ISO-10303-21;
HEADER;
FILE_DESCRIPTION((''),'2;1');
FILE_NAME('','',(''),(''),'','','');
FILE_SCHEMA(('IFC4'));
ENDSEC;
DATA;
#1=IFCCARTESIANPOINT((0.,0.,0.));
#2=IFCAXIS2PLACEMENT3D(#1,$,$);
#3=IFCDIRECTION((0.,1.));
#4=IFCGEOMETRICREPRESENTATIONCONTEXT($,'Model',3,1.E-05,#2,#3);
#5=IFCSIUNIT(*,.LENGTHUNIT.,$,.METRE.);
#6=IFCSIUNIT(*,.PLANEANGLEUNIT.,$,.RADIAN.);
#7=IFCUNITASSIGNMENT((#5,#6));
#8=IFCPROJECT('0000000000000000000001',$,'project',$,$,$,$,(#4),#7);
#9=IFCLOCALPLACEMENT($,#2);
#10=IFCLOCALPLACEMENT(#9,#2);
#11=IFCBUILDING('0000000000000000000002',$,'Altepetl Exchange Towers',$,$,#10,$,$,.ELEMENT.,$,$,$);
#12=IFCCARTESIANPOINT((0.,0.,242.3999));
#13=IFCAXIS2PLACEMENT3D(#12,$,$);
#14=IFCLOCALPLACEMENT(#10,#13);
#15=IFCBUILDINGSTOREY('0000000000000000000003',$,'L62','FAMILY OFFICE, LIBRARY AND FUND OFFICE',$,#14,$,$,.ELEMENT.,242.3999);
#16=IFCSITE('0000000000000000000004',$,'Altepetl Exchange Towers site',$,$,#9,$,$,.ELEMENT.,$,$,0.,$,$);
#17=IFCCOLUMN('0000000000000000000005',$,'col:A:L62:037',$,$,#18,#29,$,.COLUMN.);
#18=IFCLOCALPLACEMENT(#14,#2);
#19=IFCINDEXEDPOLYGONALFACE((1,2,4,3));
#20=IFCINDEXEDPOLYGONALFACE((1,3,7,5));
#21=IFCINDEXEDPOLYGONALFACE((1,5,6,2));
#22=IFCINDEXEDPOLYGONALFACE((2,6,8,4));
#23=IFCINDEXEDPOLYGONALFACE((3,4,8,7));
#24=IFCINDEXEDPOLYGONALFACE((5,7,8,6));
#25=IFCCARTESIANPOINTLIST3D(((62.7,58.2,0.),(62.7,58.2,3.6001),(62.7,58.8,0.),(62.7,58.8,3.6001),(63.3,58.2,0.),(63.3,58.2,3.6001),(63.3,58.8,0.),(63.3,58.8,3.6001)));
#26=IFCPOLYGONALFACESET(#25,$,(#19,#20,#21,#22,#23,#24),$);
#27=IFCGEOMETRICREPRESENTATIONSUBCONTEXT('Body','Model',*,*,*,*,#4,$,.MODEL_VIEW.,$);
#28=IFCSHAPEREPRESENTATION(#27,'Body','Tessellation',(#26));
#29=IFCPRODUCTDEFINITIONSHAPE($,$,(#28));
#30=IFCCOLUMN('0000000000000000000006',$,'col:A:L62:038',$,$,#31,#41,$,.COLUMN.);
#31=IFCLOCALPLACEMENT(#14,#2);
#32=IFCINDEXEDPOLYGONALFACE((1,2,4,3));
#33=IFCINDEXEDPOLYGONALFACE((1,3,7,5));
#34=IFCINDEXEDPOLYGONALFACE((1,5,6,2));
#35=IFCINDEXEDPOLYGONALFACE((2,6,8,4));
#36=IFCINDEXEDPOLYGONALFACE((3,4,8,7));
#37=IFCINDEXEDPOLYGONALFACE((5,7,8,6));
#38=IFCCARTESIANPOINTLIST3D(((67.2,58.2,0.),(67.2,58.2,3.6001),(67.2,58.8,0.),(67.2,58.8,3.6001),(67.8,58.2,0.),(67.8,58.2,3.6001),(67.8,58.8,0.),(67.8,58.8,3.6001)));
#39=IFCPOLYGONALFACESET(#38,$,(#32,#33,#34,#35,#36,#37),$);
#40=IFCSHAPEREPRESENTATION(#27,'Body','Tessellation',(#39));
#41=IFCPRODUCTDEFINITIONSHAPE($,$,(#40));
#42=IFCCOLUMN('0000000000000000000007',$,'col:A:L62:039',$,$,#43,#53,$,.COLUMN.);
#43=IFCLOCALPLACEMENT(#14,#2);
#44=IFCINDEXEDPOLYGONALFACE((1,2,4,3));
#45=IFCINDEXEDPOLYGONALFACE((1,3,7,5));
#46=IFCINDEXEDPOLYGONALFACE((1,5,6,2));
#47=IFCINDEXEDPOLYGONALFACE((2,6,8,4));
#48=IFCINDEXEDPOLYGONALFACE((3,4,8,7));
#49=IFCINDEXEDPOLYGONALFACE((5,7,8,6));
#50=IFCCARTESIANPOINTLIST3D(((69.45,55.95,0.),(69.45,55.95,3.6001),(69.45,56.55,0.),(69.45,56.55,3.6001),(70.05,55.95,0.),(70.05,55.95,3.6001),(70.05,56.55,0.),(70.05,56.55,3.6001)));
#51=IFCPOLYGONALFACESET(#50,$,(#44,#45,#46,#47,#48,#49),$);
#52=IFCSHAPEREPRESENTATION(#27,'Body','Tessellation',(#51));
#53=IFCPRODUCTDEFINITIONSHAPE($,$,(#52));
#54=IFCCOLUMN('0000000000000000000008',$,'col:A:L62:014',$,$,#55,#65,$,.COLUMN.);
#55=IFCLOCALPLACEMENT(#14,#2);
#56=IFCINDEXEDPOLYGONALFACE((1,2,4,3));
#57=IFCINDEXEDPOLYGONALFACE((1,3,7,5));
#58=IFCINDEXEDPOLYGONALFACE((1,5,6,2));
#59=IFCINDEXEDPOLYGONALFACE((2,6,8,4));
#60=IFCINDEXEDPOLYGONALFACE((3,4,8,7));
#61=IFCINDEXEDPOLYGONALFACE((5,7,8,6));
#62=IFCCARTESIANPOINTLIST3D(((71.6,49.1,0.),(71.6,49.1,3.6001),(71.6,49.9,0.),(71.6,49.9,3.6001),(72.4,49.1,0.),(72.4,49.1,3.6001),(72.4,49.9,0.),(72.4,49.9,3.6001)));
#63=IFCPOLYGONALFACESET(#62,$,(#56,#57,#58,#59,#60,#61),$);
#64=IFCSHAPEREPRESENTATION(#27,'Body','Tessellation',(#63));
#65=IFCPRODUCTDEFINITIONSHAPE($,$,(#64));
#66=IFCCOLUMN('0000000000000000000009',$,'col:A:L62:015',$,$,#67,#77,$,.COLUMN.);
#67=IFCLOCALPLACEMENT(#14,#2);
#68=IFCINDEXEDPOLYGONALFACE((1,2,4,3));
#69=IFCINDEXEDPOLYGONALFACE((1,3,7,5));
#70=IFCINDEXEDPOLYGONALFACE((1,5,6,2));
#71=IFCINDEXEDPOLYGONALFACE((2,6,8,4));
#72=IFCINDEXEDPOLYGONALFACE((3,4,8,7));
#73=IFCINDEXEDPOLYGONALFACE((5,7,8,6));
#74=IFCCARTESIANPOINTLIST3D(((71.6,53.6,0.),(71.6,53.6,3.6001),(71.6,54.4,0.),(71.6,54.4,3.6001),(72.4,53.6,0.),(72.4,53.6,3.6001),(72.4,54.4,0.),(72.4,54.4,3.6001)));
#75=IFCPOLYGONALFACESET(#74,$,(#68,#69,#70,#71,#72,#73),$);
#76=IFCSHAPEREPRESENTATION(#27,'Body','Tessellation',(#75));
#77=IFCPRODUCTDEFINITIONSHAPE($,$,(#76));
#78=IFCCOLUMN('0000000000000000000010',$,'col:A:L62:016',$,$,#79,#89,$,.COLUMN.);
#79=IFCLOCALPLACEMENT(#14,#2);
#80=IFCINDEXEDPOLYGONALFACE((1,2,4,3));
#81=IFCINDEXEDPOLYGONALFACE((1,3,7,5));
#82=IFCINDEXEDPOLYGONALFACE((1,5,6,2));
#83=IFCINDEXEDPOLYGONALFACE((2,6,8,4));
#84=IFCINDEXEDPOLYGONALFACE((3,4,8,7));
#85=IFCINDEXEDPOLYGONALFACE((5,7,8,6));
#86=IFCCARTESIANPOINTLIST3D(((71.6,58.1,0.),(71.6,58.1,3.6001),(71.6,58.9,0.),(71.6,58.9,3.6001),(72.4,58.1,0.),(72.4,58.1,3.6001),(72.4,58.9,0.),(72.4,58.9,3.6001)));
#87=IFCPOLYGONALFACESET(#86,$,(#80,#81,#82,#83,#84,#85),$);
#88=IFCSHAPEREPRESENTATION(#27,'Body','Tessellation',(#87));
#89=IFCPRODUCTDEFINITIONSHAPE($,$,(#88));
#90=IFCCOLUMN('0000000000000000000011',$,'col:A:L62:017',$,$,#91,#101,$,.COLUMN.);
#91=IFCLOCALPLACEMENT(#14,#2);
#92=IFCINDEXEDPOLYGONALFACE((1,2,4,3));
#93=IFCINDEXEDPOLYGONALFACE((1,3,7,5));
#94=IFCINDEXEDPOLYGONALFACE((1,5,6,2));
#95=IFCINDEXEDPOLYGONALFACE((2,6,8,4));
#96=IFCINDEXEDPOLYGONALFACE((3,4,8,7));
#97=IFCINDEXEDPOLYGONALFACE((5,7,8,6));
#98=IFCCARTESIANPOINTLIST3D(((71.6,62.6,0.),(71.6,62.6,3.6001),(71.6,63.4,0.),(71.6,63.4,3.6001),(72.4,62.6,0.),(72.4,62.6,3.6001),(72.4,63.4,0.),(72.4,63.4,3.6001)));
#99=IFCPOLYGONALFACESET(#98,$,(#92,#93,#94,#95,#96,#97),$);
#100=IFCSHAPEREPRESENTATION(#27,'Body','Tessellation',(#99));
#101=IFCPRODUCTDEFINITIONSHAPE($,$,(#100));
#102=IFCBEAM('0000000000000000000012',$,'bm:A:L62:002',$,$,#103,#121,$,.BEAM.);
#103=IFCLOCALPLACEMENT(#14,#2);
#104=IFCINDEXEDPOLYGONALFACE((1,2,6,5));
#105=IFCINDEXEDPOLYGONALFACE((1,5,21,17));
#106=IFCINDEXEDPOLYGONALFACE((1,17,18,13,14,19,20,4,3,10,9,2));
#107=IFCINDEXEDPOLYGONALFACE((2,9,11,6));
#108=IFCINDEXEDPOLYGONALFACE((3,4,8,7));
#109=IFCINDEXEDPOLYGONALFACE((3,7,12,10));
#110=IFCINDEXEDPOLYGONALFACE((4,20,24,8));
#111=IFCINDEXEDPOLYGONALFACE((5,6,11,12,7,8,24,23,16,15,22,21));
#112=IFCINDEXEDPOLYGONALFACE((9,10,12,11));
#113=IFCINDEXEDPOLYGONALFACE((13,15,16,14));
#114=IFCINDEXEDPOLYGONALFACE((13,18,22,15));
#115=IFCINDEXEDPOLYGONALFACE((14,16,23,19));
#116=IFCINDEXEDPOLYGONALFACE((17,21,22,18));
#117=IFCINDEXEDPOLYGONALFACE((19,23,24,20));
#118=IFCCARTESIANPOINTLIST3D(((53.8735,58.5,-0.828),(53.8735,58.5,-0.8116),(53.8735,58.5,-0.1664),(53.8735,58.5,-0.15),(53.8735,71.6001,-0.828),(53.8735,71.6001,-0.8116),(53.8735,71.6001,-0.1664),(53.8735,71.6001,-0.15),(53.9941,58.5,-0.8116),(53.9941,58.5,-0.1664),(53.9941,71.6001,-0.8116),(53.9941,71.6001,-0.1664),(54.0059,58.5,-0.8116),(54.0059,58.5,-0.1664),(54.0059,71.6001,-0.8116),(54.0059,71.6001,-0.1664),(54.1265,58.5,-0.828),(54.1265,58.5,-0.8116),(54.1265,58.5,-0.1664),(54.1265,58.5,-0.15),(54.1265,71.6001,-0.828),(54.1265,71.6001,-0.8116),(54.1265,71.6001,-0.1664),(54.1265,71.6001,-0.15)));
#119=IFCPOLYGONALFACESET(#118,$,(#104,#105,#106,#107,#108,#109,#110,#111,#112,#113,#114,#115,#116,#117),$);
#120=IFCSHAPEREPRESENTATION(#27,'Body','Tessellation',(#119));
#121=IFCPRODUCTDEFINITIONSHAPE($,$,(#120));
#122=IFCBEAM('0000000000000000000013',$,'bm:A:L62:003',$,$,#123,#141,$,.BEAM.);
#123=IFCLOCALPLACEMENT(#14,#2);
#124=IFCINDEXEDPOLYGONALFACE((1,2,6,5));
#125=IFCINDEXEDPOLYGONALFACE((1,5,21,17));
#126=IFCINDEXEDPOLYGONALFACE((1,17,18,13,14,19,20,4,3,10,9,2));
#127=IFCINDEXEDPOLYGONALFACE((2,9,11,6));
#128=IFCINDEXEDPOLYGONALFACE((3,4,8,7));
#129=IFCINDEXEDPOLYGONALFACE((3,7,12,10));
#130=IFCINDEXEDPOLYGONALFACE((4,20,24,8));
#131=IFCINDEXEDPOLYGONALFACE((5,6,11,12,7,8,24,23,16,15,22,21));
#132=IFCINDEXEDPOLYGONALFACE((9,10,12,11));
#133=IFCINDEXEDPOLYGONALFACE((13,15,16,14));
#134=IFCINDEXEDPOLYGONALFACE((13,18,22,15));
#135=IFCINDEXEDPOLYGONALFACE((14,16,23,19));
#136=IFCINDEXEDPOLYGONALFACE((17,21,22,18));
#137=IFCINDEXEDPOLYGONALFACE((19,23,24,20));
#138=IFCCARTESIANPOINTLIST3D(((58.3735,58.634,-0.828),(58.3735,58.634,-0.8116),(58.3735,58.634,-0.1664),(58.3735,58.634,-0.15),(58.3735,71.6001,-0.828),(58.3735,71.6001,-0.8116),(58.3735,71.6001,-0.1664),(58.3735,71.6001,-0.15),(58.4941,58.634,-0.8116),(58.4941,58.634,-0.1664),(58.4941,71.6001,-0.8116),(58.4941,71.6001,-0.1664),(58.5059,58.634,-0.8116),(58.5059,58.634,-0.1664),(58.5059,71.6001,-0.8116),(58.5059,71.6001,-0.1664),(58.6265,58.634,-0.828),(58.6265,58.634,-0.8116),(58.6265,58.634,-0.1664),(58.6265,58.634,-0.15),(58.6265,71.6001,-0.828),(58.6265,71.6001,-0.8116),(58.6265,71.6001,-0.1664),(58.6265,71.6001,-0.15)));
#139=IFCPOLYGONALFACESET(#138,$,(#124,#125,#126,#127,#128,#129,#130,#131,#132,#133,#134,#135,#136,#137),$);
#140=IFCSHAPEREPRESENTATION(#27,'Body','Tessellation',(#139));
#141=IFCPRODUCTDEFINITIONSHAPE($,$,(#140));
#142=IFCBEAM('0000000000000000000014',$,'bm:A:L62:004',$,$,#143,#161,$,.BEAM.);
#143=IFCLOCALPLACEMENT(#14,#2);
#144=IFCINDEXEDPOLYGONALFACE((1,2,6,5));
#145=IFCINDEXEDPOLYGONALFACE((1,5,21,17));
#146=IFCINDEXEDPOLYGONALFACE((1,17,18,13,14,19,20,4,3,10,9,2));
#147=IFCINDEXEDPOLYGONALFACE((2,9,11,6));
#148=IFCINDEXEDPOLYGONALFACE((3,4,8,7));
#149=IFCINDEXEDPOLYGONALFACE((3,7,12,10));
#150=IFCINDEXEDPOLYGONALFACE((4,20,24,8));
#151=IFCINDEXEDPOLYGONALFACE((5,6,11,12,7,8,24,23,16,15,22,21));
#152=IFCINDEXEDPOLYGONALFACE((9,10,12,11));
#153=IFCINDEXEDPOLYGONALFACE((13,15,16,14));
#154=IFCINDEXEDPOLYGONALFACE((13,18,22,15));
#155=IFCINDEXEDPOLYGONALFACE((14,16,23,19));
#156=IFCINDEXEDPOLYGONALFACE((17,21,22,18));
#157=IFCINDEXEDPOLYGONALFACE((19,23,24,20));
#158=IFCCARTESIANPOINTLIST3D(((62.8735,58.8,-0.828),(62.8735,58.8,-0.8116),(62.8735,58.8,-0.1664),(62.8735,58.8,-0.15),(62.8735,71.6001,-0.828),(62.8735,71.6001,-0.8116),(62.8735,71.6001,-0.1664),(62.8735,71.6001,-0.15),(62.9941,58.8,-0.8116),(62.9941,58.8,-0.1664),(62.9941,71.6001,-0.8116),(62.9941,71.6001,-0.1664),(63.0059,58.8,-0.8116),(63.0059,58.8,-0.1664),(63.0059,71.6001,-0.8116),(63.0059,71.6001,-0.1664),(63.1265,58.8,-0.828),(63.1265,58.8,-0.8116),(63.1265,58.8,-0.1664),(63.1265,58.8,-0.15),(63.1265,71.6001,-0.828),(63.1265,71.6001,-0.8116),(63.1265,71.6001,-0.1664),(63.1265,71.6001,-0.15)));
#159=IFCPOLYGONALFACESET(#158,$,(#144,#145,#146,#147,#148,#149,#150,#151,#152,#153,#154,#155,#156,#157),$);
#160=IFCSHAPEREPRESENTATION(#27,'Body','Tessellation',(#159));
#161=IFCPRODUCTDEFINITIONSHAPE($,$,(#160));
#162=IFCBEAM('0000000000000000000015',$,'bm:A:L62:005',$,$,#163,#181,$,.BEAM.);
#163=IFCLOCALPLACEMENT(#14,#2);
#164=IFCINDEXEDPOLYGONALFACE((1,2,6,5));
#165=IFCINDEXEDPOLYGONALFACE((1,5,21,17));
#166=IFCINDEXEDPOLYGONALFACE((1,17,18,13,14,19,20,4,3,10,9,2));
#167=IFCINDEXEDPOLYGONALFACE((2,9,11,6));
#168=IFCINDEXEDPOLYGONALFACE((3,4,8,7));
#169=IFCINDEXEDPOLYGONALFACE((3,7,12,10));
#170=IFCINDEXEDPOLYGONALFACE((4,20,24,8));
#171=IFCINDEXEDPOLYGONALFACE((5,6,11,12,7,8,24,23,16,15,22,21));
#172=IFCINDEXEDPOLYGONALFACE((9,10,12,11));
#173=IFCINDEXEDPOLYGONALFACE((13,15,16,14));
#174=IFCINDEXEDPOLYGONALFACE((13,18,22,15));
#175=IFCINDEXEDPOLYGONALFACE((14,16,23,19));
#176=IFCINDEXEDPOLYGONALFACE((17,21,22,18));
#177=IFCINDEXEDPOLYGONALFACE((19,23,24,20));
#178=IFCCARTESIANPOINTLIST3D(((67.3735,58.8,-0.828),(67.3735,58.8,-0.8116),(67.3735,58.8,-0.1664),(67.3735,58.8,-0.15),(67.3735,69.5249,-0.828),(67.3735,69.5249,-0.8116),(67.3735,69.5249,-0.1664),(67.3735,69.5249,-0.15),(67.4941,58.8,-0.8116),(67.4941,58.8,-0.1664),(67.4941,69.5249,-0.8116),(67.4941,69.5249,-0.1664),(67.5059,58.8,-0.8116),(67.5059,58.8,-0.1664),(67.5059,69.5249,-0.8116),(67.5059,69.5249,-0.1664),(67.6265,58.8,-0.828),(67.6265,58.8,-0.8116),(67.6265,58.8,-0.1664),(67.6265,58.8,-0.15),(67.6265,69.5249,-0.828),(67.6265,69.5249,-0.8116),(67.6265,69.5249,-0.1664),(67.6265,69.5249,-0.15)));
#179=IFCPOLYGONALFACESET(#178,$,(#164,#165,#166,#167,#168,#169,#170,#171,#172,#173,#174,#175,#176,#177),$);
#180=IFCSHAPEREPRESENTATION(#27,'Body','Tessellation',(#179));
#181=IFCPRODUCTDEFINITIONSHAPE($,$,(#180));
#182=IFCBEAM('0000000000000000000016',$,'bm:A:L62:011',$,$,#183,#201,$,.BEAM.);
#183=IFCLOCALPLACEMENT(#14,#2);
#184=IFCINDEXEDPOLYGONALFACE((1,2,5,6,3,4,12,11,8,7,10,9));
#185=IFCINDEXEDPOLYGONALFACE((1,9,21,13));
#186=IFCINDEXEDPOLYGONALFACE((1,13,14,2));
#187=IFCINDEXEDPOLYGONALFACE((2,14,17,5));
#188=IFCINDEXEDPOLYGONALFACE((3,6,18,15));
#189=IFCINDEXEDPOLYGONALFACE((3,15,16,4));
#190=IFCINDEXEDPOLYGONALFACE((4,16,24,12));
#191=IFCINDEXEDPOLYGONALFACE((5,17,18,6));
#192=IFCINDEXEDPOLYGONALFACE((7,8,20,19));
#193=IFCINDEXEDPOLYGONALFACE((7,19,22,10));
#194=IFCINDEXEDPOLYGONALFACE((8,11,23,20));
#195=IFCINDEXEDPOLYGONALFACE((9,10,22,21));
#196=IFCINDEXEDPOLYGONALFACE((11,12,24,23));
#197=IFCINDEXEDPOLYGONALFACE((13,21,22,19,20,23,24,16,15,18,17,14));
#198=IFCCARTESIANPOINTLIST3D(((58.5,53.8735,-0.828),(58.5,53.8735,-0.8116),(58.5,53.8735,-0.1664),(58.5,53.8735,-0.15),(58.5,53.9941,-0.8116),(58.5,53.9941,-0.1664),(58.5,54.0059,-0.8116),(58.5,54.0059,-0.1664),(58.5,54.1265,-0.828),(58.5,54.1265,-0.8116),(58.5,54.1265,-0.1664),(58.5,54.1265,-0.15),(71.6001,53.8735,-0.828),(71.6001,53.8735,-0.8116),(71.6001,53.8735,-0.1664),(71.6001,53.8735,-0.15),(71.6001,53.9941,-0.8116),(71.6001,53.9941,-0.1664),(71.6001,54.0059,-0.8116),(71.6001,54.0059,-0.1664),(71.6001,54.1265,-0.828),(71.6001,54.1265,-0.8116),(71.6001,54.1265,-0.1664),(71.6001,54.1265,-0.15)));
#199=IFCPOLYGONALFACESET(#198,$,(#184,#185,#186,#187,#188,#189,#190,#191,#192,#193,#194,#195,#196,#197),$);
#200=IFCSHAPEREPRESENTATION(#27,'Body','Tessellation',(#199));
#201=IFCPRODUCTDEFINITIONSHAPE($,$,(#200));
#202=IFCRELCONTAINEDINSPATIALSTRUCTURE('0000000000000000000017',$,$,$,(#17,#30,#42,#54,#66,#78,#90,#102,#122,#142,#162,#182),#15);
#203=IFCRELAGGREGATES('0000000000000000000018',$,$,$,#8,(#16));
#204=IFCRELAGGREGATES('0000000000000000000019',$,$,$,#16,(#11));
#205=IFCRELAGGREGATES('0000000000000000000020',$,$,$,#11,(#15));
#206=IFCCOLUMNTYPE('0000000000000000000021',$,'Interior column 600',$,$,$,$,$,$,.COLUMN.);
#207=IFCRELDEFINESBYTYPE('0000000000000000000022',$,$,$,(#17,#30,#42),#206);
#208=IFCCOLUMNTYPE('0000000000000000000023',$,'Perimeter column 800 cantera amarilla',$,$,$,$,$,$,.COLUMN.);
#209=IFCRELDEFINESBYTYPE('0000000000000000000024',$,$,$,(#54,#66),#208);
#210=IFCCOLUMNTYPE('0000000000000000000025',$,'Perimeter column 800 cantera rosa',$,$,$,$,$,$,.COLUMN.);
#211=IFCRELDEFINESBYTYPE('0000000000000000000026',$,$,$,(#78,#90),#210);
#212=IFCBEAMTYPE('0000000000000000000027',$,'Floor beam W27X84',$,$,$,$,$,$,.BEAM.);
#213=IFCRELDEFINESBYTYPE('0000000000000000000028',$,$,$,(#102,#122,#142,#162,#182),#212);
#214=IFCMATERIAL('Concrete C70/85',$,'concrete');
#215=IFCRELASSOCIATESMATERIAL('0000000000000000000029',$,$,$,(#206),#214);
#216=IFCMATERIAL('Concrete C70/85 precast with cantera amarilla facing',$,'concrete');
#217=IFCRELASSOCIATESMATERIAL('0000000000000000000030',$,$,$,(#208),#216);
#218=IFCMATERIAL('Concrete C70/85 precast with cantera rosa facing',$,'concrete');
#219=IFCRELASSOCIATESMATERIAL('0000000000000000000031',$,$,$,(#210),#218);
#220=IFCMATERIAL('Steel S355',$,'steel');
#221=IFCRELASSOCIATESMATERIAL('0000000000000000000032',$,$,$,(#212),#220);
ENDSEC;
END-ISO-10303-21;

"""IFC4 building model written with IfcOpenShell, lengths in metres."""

from ifc_helpers import new_model, si_unit, direction, frame, origin, origin_2d, place, context, subcontext, project, spatial, rectangle, i_section, extrude, material, material_profile, profile_set, type_object, element, save


model = new_model("IFC4")

# Units and contexts
model_context = context("Model", 3, precision=1e-05, world=origin(), true_north=direction((0.0, 1.0)))
body_context = subcontext(model_context, "Body", "Model", "MODEL_VIEW")
ifc_project = project(units=[si_unit("LENGTHUNIT", "METRE"), si_unit("PLANEANGLEUNIT", "RADIAN")], contexts=[model_context])

# Site, building, storey
site_placement = place(None, origin())
site = spatial("IfcSite", under=ifc_project, at=site_placement, Name="Altepetl Exchange Towers site", CompositionType="ELEMENT", RefElevation=0.0)
building_placement = place(site_placement, origin())
building = spatial("IfcBuilding", under=site, at=building_placement, Name="Altepetl Exchange Towers", CompositionType="ELEMENT")
storey_placement = place(building_placement, frame((0.0, 0.0, 242.3999)))
storey = spatial("IfcBuildingStorey", under=building, at=storey_placement, Name="L62", Description="FAMILY OFFICE, LIBRARY AND FUND OFFICE", CompositionType="ELEMENT", Elevation=242.3999)

# Columns
ifc_material_1 = material(Name="Concrete C70/85", Category="concrete")
ifc_material_profile_1 = material_profile(ifc_material_1, rectangle(XDim=0.6001, YDim=0.6001, at=origin_2d()), Name="600 x 600")
ifc_profile_set_1 = profile_set([ifc_material_profile_1], Name="Concrete C70/85")
column_type_1 = type_object("IfcColumnType", Name="Interior column 600", PredefinedType="COLUMN", material=ifc_profile_set_1)
for number, where, name in (
    (1, (63.0, 58.5, 0.0), "col:A:L62:037"),
    (2, (67.5, 58.5, 0.0), "col:A:L62:038"),
    (3, (69.75, 56.25, 0.0), "col:A:L62:039"),
):
    element("IfcColumn", number, at=place(storey_placement, frame(where)), inside=storey, type_object=column_type_1, Name=name, PredefinedType="COLUMN", context=body_context, shape_type="SweptSolid", body=[
        extrude(rectangle(XDim=0.6001, YDim=0.6001, at=origin_2d()), origin(), (0.0, 0.0, 1.0), 3.6001),
    ])
ifc_material_2 = material(Name="Concrete C70/85 precast with cantera amarilla facing", Category="concrete")
ifc_material_profile_2 = material_profile(ifc_material_2, rectangle(XDim=0.8, YDim=0.8, at=origin_2d()), Name="800 x 800")
ifc_profile_set_2 = profile_set([ifc_material_profile_2], Name="Concrete C70/85 precast with cantera amarilla facing")
column_type_2 = type_object("IfcColumnType", Name="Perimeter column 800 cantera amarilla", PredefinedType="COLUMN", material=ifc_profile_set_2)
for number, where, name in (
    (4, (72.0, 49.5, 0.0), "col:A:L62:014"),
    (5, (72.0, 54.0, 0.0), "col:A:L62:015"),
):
    element("IfcColumn", number, at=place(storey_placement, frame(where)), inside=storey, type_object=column_type_2, Name=name, PredefinedType="COLUMN", context=body_context, shape_type="SweptSolid", body=[
        extrude(rectangle(XDim=0.8, YDim=0.8, at=origin_2d()), origin(), (0.0, 0.0, 1.0), 3.6001),
    ])
ifc_material_3 = material(Name="Concrete C70/85 precast with cantera rosa facing", Category="concrete")
ifc_material_profile_3 = material_profile(ifc_material_3, rectangle(XDim=0.8, YDim=0.8, at=origin_2d()), Name="800 x 800")
ifc_profile_set_3 = profile_set([ifc_material_profile_3], Name="Concrete C70/85 precast with cantera rosa facing")
column_type_3 = type_object("IfcColumnType", Name="Perimeter column 800 cantera rosa", PredefinedType="COLUMN", material=ifc_profile_set_3)
for number, where, name in (
    (6, (72.0, 58.5, 0.0), "col:A:L62:016"),
    (7, (72.0, 63.0, 0.0), "col:A:L62:017"),
):
    element("IfcColumn", number, at=place(storey_placement, frame(where)), inside=storey, type_object=column_type_3, Name=name, PredefinedType="COLUMN", context=body_context, shape_type="SweptSolid", body=[
        extrude(rectangle(XDim=0.8, YDim=0.8, at=origin_2d()), origin(), (0.0, 0.0, 1.0), 3.6001),
    ])

# Beams
ifc_material_4 = material(Name="Steel S355", Category="steel")
ifc_material_profile_4 = material_profile(ifc_material_4, i_section(OverallWidth=0.2529, OverallDepth=0.678, WebThickness=0.0117, FlangeThickness=0.0164, at=origin_2d()), Name="W27X84")
ifc_profile_set_4 = profile_set([ifc_material_profile_4], Name="Steel S355")
beam_type_1 = type_object("IfcBeamType", Name="Floor beam W27X84", PredefinedType="BEAM", material=ifc_profile_set_4)
beam_1_placement = place(storey_placement, frame((54.0, 58.5, -0.489), z_axis=(0.0, 1.0, 0.0), x_axis=(-1.0, 0.0, 0.0)))
element("IfcBeam", 8, at=beam_1_placement, inside=storey, type_object=beam_type_1, Name="bm:A:L62:002", PredefinedType="BEAM", context=body_context, shape_type="SweptSolid", body=[
    extrude(i_section(OverallWidth=0.2529, OverallDepth=0.678, WebThickness=0.0117, FlangeThickness=0.0164, at=origin_2d()), origin(), (0.0, 0.0, 1.0), 13.1001),
])
beam_2_placement = place(storey_placement, frame((58.5, 58.634, -0.489), z_axis=(0.0, 1.0, 0.0), x_axis=(-1.0, 0.0, 0.0)))
element("IfcBeam", 9, at=beam_2_placement, inside=storey, type_object=beam_type_1, Name="bm:A:L62:003", PredefinedType="BEAM", context=body_context, shape_type="SweptSolid", body=[
    extrude(i_section(OverallWidth=0.2529, OverallDepth=0.678, WebThickness=0.0117, FlangeThickness=0.0164, at=origin_2d()), origin(), (0.0, 0.0, 1.0), 12.9661),
])
beam_3_placement = place(storey_placement, frame((63.0, 58.8, -0.489), z_axis=(0.0, 1.0, 0.0), x_axis=(-1.0, 0.0, 0.0)))
element("IfcBeam", 10, at=beam_3_placement, inside=storey, type_object=beam_type_1, Name="bm:A:L62:004", PredefinedType="BEAM", context=body_context, shape_type="SweptSolid", body=[
    extrude(i_section(OverallWidth=0.2529, OverallDepth=0.678, WebThickness=0.0117, FlangeThickness=0.0164, at=origin_2d()), origin(), (0.0, 0.0, 1.0), 12.8),
])
beam_4_placement = place(storey_placement, frame((67.5, 58.8, -0.489), z_axis=(0.0, 1.0, 0.0), x_axis=(-1.0, 0.0, 0.0)))
element("IfcBeam", 11, at=beam_4_placement, inside=storey, type_object=beam_type_1, Name="bm:A:L62:005", PredefinedType="BEAM", context=body_context, shape_type="SweptSolid", body=[
    extrude(i_section(OverallWidth=0.2529, OverallDepth=0.678, WebThickness=0.0117, FlangeThickness=0.0164, at=origin_2d()), origin(), (0.0, 0.0, 1.0), 10.7249),
])
beam_5_placement = place(storey_placement, frame((58.5, 54.0, -0.489), z_axis=(1.0, 0.0, 0.0), x_axis=(0.0, 1.0, 0.0)))
element("IfcBeam", 12, at=beam_5_placement, inside=storey, type_object=beam_type_1, Name="bm:A:L62:011", PredefinedType="BEAM", context=body_context, shape_type="SweptSolid", body=[
    extrude(i_section(OverallWidth=0.2529, OverallDepth=0.678, WebThickness=0.0117, FlangeThickness=0.0164, at=origin_2d()), origin(), (0.0, 0.0, 1.0), 13.1001),
])

save(model, "model.ifc")
